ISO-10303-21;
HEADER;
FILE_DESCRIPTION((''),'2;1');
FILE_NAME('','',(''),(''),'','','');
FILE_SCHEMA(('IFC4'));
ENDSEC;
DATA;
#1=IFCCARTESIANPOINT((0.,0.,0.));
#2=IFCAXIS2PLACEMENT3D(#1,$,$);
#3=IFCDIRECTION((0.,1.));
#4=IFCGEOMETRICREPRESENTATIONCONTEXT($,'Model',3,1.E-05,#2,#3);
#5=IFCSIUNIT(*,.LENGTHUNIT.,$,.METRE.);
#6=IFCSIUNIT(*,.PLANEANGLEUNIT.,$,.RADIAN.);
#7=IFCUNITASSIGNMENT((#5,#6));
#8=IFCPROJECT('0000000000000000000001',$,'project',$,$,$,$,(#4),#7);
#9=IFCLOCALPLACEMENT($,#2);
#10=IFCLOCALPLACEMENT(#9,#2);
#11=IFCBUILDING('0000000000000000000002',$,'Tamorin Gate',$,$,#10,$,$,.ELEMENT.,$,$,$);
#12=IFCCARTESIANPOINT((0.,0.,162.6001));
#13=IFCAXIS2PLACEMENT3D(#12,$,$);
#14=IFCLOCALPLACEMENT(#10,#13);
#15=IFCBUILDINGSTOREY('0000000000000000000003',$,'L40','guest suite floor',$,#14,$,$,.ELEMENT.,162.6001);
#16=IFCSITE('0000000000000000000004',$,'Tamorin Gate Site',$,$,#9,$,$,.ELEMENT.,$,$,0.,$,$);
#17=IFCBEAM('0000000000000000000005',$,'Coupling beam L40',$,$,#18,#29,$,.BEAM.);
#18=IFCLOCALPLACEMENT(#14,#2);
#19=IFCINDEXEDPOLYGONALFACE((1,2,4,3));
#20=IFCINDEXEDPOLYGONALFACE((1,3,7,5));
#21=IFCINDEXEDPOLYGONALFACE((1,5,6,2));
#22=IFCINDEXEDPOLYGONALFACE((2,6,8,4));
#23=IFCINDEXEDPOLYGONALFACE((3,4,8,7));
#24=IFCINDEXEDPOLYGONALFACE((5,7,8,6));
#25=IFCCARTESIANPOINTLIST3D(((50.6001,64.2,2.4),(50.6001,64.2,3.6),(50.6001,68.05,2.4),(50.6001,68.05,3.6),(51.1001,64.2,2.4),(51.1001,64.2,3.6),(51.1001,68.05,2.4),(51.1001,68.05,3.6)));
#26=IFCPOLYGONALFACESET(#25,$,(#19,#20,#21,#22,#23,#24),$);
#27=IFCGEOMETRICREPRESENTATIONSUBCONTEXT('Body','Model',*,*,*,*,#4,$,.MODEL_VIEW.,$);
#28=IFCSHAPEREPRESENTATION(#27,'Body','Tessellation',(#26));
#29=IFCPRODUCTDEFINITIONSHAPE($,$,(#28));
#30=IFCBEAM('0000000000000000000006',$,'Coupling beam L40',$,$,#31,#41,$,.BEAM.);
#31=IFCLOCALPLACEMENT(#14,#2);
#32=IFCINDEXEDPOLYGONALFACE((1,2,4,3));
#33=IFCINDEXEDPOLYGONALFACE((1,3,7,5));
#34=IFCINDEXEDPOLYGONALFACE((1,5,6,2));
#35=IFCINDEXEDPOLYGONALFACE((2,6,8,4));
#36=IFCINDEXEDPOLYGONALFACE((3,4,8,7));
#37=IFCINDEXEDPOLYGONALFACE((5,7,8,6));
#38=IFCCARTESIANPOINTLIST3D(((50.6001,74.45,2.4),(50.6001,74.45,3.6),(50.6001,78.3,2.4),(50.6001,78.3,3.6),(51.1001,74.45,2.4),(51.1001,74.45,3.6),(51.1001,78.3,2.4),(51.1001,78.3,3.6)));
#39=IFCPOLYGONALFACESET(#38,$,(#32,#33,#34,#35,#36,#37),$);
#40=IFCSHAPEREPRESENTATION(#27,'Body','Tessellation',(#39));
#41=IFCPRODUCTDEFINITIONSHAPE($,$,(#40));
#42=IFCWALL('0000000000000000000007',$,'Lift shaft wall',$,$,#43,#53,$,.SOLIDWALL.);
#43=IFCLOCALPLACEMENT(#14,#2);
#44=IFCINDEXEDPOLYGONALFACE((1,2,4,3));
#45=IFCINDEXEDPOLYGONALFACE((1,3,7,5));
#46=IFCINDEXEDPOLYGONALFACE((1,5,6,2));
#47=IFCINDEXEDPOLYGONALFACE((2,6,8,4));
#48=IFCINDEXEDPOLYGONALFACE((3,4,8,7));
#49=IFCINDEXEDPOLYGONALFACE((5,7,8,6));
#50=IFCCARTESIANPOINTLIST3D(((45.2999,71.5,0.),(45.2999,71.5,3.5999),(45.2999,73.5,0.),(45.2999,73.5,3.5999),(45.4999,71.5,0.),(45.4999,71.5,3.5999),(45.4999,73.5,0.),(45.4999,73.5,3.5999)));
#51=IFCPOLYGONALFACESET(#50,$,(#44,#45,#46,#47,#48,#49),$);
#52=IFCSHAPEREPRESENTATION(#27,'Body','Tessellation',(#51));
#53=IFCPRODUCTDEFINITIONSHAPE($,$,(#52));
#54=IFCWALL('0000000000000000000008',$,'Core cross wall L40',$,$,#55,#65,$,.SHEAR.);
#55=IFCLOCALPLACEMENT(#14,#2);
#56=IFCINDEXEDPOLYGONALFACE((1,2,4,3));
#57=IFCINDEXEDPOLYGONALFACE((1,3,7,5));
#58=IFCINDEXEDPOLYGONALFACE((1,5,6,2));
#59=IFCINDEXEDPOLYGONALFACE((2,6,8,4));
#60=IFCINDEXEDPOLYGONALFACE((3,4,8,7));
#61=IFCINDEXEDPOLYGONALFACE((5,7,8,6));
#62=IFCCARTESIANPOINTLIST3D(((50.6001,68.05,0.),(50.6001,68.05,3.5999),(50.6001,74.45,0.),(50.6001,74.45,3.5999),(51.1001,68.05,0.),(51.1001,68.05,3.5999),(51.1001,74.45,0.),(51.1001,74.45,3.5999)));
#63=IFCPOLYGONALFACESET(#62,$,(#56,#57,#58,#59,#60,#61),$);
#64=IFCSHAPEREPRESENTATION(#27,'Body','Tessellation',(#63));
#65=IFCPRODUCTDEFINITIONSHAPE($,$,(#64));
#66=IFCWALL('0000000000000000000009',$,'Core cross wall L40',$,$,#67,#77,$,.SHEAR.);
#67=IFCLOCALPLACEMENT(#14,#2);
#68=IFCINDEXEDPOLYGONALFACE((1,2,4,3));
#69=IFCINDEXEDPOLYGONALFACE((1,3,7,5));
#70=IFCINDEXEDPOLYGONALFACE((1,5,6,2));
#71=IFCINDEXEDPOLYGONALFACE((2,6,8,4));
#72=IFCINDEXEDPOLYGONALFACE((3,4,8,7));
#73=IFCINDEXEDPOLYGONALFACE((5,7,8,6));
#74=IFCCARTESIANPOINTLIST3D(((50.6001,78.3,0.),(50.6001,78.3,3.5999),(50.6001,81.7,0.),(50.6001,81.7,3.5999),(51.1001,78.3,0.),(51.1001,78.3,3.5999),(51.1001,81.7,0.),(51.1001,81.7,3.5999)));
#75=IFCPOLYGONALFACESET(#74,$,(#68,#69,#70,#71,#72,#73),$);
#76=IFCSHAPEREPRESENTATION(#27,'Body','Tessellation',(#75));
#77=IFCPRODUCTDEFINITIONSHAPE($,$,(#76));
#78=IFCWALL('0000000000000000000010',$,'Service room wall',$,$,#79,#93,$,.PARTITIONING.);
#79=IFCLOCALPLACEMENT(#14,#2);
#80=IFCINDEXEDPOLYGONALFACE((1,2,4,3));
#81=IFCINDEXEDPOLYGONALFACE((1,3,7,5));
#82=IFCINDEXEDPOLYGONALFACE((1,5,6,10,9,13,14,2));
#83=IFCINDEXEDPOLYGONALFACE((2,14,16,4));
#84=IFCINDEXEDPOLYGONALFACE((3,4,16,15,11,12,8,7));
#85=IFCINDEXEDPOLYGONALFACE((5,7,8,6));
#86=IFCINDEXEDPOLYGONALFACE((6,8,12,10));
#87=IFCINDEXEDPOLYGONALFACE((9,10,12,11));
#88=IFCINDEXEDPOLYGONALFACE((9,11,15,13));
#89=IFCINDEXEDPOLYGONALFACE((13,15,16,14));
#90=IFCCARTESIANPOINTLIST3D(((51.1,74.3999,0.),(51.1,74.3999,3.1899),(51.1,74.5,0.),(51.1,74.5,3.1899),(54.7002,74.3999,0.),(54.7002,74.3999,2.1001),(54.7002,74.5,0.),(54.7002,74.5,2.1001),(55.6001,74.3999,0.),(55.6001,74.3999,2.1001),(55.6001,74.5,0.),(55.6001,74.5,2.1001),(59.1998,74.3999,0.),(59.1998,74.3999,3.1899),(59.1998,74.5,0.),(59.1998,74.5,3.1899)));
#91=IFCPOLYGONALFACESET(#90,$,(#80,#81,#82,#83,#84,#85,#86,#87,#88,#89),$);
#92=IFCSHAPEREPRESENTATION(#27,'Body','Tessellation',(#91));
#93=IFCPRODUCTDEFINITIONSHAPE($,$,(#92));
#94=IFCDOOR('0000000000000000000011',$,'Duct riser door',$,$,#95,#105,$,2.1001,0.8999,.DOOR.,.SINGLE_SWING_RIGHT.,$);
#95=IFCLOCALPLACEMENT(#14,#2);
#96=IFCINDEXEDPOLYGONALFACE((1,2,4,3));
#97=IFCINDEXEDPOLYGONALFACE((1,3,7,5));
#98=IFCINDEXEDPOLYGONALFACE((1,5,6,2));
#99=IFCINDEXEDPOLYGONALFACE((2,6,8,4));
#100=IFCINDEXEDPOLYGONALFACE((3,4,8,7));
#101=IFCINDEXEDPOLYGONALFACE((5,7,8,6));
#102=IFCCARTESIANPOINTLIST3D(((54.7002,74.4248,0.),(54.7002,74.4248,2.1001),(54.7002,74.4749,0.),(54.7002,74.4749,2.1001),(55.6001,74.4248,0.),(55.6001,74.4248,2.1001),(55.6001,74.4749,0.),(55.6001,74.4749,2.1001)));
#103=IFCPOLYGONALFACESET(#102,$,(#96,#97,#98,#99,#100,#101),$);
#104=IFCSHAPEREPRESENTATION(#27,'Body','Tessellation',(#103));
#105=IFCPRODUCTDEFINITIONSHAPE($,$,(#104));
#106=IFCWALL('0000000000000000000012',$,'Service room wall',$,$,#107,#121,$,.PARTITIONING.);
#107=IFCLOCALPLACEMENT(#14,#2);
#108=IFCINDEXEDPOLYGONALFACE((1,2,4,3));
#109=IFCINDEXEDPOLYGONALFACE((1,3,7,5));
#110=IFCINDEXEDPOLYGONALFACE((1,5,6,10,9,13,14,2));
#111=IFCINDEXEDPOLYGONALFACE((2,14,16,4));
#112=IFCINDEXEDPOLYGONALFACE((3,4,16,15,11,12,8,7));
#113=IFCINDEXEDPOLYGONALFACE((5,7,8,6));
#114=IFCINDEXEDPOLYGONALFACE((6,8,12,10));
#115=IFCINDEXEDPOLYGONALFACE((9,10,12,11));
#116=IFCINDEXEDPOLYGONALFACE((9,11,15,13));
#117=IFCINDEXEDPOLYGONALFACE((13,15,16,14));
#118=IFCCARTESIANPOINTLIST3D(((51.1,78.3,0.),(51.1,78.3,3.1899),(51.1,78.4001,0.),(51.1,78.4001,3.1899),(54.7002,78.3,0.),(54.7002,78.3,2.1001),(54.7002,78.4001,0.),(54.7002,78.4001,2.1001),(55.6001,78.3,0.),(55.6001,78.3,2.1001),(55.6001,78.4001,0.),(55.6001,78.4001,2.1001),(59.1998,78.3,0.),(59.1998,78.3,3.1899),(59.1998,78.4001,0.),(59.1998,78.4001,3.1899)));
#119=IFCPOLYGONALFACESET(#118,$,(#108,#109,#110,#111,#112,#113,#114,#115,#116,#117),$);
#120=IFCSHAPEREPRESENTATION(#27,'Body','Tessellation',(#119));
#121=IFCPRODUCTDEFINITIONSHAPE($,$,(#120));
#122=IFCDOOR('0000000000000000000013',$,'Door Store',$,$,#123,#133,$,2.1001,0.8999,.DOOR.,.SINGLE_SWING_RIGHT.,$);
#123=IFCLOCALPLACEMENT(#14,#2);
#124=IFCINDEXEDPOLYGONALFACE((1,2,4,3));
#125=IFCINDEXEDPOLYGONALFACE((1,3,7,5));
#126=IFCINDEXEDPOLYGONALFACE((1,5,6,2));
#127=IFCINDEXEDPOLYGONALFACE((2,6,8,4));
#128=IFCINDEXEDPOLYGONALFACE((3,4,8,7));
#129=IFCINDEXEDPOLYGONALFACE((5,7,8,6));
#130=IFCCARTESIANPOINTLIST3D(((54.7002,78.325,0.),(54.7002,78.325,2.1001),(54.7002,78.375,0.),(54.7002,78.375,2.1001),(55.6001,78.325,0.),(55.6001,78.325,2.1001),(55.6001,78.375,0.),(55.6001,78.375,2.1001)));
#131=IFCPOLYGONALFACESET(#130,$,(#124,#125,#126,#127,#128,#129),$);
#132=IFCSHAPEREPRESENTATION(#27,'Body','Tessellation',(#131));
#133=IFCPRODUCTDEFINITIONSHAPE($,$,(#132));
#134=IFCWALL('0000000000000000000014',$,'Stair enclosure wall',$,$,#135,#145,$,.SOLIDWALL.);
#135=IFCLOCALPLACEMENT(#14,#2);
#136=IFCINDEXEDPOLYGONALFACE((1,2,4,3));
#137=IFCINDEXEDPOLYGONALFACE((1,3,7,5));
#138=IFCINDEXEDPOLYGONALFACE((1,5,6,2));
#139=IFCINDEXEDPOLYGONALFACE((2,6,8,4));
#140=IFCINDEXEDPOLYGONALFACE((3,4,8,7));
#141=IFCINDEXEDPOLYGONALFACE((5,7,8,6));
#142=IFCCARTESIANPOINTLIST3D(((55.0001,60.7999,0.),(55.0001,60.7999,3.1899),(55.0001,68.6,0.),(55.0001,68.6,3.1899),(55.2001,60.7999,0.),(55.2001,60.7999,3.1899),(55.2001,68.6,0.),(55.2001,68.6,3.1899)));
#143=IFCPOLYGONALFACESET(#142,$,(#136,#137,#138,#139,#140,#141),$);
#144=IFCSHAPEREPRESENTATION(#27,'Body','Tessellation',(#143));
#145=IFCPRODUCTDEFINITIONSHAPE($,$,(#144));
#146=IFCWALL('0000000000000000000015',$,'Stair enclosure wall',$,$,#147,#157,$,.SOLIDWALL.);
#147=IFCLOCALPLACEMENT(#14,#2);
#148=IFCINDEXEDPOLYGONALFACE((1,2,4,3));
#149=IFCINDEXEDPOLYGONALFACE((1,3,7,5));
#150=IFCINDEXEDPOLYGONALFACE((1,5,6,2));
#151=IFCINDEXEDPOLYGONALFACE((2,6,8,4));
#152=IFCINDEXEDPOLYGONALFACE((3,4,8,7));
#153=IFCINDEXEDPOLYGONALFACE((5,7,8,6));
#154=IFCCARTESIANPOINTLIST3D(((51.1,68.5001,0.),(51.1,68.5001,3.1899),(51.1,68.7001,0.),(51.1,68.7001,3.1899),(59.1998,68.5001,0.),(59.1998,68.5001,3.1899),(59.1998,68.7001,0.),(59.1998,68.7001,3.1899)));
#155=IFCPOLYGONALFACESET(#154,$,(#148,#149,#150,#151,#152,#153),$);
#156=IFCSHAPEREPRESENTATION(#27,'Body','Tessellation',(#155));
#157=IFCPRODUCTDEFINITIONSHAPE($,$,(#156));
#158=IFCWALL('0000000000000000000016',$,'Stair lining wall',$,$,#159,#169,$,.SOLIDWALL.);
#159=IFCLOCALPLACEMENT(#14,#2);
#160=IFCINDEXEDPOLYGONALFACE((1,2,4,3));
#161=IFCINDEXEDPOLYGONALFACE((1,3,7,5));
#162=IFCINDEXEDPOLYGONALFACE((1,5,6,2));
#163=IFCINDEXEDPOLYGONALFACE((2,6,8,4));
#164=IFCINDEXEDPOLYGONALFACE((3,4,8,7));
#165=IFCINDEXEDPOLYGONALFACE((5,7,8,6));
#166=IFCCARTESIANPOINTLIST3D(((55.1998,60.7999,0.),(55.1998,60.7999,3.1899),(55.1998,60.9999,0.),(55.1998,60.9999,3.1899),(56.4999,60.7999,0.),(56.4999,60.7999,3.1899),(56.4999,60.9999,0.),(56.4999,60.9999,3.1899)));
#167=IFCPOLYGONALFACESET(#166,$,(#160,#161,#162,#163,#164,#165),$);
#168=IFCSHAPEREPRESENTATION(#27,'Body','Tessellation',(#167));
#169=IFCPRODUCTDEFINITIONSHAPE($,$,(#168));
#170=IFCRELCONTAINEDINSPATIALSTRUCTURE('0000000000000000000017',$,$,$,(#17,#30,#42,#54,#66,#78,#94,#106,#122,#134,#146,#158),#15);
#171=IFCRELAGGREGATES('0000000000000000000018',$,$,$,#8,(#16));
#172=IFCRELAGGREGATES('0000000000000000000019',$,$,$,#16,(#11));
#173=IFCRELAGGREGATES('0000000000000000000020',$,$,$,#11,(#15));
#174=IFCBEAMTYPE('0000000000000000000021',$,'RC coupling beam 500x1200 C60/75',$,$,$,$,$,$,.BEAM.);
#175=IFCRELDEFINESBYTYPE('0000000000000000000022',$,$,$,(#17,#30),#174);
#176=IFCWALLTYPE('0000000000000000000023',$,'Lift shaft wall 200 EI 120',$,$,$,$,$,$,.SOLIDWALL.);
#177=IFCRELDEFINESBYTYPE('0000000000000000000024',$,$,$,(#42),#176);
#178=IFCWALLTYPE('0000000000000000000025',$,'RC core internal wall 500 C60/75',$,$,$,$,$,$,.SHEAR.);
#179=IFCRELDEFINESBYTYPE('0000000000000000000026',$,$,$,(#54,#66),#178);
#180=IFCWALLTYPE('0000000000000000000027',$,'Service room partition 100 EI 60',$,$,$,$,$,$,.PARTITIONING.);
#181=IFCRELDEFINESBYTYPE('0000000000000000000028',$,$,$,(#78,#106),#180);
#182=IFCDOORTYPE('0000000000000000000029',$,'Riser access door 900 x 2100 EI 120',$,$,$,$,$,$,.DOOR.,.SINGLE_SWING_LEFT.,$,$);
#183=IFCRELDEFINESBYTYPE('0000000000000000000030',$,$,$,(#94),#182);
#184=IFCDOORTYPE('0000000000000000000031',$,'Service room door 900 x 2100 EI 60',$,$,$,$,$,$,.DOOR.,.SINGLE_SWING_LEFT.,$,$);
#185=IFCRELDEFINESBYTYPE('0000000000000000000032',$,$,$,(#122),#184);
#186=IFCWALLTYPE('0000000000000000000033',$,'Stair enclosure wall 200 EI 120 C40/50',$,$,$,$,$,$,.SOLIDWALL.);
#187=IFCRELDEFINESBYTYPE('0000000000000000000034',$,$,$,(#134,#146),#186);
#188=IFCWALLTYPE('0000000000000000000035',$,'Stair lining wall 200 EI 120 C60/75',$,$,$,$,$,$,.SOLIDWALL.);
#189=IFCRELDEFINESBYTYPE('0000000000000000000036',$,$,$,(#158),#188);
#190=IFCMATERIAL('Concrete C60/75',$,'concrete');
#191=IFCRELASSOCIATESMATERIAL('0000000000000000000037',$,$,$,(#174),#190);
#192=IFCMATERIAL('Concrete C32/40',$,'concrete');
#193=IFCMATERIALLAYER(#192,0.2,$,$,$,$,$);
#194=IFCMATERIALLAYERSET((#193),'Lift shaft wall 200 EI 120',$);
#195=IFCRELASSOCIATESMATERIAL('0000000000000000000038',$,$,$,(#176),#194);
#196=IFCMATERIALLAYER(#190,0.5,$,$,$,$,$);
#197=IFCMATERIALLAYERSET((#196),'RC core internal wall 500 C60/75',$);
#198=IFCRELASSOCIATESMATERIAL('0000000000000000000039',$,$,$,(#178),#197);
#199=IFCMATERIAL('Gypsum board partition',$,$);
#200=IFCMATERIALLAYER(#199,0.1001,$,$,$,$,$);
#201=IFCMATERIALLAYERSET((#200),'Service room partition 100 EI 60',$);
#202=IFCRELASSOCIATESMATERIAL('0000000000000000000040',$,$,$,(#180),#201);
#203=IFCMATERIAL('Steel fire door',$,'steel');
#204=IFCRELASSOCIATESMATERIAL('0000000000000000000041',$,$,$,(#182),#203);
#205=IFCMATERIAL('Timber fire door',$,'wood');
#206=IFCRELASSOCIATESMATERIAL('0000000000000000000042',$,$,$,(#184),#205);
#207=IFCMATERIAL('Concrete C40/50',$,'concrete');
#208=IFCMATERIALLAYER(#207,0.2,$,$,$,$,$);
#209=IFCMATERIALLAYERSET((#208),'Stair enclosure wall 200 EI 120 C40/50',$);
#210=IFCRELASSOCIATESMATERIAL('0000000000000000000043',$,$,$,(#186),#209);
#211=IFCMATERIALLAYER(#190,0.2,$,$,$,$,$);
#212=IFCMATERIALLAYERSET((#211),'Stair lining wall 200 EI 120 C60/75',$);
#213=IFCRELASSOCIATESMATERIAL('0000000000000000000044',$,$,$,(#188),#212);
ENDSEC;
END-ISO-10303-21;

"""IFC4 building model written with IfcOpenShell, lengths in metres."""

from ifc_helpers import new_model, si_unit, direction, frame, frame_2d, origin, origin_2d, place, context, subcontext, project, spatial, rectangle, extrude, material, layer, layer_set, material_profile, profile_set, type_object, element, fill, save


model = new_model("IFC4")

# Units and contexts
model_context = context("Model", 3, precision=1e-05, world=origin(), true_north=direction((0.0, 1.0)))
body_context = subcontext(model_context, "Body", "Model", "MODEL_VIEW")
ifc_project = project(units=[si_unit("LENGTHUNIT", "METRE"), si_unit("PLANEANGLEUNIT", "RADIAN")], contexts=[model_context])

# Site, building, storey
site_placement = place(None, origin())
site = spatial("IfcSite", under=ifc_project, at=site_placement, Name="Tamorin Gate Site", CompositionType="ELEMENT", RefElevation=0.0)
building_placement = place(site_placement, origin())
building = spatial("IfcBuilding", under=site, at=building_placement, Name="Tamorin Gate", CompositionType="ELEMENT")
storey_placement = place(building_placement, frame((0.0, 0.0, 162.6001)))
storey = spatial("IfcBuildingStorey", under=building, at=storey_placement, Name="L40", Description="guest suite floor", CompositionType="ELEMENT", Elevation=162.6001)

# Beams
ifc_material_1 = material(Name="Concrete C60/75", Category="concrete")
ifc_material_profile = material_profile(ifc_material_1, rectangle(XDim=0.5, YDim=1.2, at=origin_2d()), Name="RC 500x1200")
ifc_profile_set = profile_set([ifc_material_profile], Name="Concrete C60/75")
beam_type = type_object("IfcBeamType", Name="RC coupling beam 500x1200 C60/75", PredefinedType="BEAM", material=ifc_profile_set)
for number, where, z_axis, x_axis, name in (
    (1, (50.8501, 64.2, 3.0), (0.0, 1.0, 0.0), (-1.0, 0.0, 0.0), "Coupling beam L40"),
    (2, (50.8501, 74.45, 3.0), (0.0, 1.0, 0.0), (-1.0, 0.0, 0.0), "Coupling beam L40"),
):
    element("IfcBeam", number, at=place(storey_placement, frame(where, z_axis=z_axis, x_axis=x_axis)), inside=storey, type_object=beam_type, Name=name, PredefinedType="BEAM", context=body_context, shape_type="SweptSolid", body=[
        extrude(rectangle(XDim=0.5, YDim=1.2, at=origin_2d()), origin(), (0.0, 0.0, 1.0), 3.8501),
    ])

# Walls
ifc_material_2 = material(Name="Concrete C32/40", Category="concrete")
ifc_layer_1 = layer(ifc_material_2, 0.2)
ifc_layer_set_1 = layer_set([ifc_layer_1], Name="Lift shaft wall 200 EI 120")
wall_type_1 = type_object("IfcWallType", Name="Lift shaft wall 200 EI 120", PredefinedType="SOLIDWALL", material=ifc_layer_set_1)
wall_1_placement = place(storey_placement, frame((45.3999, 71.5, 0.0), z_axis=(0.0, 0.0, 1.0), x_axis=(0.0, 1.0, 0.0)))
element("IfcWall", 3, at=wall_1_placement, inside=storey, type_object=wall_type_1, Name="Lift shaft wall", PredefinedType="SOLIDWALL", context=body_context, shape_type="SweptSolid", body=[
    extrude(rectangle(XDim=2.0, YDim=0.2, at=frame_2d((1.0, 0.0))), origin(), (0.0, 0.0, 1.0), 3.5999),
])
ifc_layer_2 = layer(ifc_material_1, 0.5)
ifc_layer_set_2 = layer_set([ifc_layer_2], Name="RC core internal wall 500 C60/75")
wall_type_2 = type_object("IfcWallType", Name="RC core internal wall 500 C60/75", PredefinedType="SHEAR", material=ifc_layer_set_2)
wall_2_placement = place(storey_placement, frame((50.8501, 68.05, 0.0), z_axis=(0.0, 0.0, 1.0), x_axis=(0.0, 1.0, 0.0)))
element("IfcWall", 4, at=wall_2_placement, inside=storey, type_object=wall_type_2, Name="Core cross wall L40", PredefinedType="SHEAR", context=body_context, shape_type="SweptSolid", body=[
    extrude(rectangle(XDim=6.3999, YDim=0.5, at=frame_2d((3.2, 0.0))), origin(), (0.0, 0.0, 1.0), 3.5999),
])
wall_3_placement = place(storey_placement, frame((50.8501, 78.3, 0.0), z_axis=(0.0, 0.0, 1.0), x_axis=(0.0, 1.0, 0.0)))
element("IfcWall", 5, at=wall_3_placement, inside=storey, type_object=wall_type_2, Name="Core cross wall L40", PredefinedType="SHEAR", context=body_context, shape_type="SweptSolid", body=[
    extrude(rectangle(XDim=3.3999, YDim=0.5, at=frame_2d((1.7, 0.0))), origin(), (0.0, 0.0, 1.0), 3.5999),
])

# Walls, openings, doors
ifc_material_3 = material(Name="Gypsum board partition")
ifc_layer_3 = layer(ifc_material_3, 0.1001)
ifc_layer_set_3 = layer_set([ifc_layer_3], Name="Service room partition 100 EI 60")
wall_type_3 = type_object("IfcWallType", Name="Service room partition 100 EI 60", PredefinedType="PARTITIONING", material=ifc_layer_set_3)
wall_4_placement = place(storey_placement, frame((51.1001, 74.45, 0.0), z_axis=(0.0, 0.0, 1.0), x_axis=(1.0, 0.0, 0.0)))
wall_4 = element("IfcWall", 6, at=wall_4_placement, inside=storey, type_object=wall_type_3, Name="Service room wall", PredefinedType="PARTITIONING", context=body_context, shape_type="SweptSolid", body=[
    extrude(rectangle(XDim=8.0999, YDim=0.1001, at=frame_2d((4.0498, 0.0))), origin(), (0.0, 0.0, 1.0), 3.1899),
])
opening_1_placement = place(wall_4_placement, frame((3.6001, 0.0, 0.0)))
opening_1 = element("IfcOpeningElement", 7, at=opening_1_placement, cuts=wall_4, PredefinedType="OPENING", context=body_context, shape_type="SweptSolid", body=[
    extrude(rectangle(XDim=0.8999, YDim=2.1001, at=frame_2d((0.45, 1.05))), frame((0.0, 0.0601, 0.0), z_axis=(0.0, -1.0, 0.0), x_axis=(1.0, 0.0, 0.0)), (0.0, 0.0, 1.0), 0.1201),
])
ifc_material_4 = material(Name="Steel fire door", Category="steel")
door_type_1 = type_object("IfcDoorType", Name="Riser access door 900 x 2100 EI 120", OperationType="SINGLE_SWING_LEFT", PredefinedType="DOOR", material=ifc_material_4)
door_1_placement = place(opening_1_placement, origin())
door_1 = element("IfcDoor", 8, at=door_1_placement, inside=storey, type_object=door_type_1, Name="Duct riser door", OperationType="SINGLE_SWING_RIGHT", OverallHeight=2.1001, OverallWidth=0.8999, PredefinedType="DOOR", context=body_context, shape_type="SweptSolid", body=[
    extrude(rectangle(XDim=0.8999, YDim=2.1001, at=frame_2d((0.45, 1.05))), frame((0.0, 0.0249, 0.0), z_axis=(0.0, -1.0, 0.0), x_axis=(1.0, 0.0, 0.0)), (0.0, 0.0, 1.0), 0.05),
])
fill(opening_1, door_1)
wall_5_placement = place(storey_placement, frame((51.1001, 78.3501, 0.0), z_axis=(0.0, 0.0, 1.0), x_axis=(1.0, 0.0, 0.0)))
wall_5 = element("IfcWall", 9, at=wall_5_placement, inside=storey, type_object=wall_type_3, Name="Service room wall", PredefinedType="PARTITIONING", context=body_context, shape_type="SweptSolid", body=[
    extrude(rectangle(XDim=8.0999, YDim=0.1001, at=frame_2d((4.0498, 0.0))), origin(), (0.0, 0.0, 1.0), 3.1899),
])
opening_2_placement = place(wall_5_placement, frame((3.6001, 0.0, 0.0)))
opening_2 = element("IfcOpeningElement", 10, at=opening_2_placement, cuts=wall_5, PredefinedType="OPENING", context=body_context, shape_type="SweptSolid", body=[
    extrude(rectangle(XDim=0.8999, YDim=2.1001, at=frame_2d((0.45, 1.05))), frame((0.0, 0.0601, 0.0), z_axis=(0.0, -1.0, 0.0), x_axis=(1.0, 0.0, 0.0)), (0.0, 0.0, 1.0), 0.1201),
])
ifc_material_5 = material(Name="Timber fire door", Category="wood")
door_type_2 = type_object("IfcDoorType", Name="Service room door 900 x 2100 EI 60", OperationType="SINGLE_SWING_LEFT", PredefinedType="DOOR", material=ifc_material_5)
door_2_placement = place(opening_2_placement, origin())
door_2 = element("IfcDoor", 11, at=door_2_placement, inside=storey, type_object=door_type_2, Name="Door Store", OperationType="SINGLE_SWING_RIGHT", OverallHeight=2.1001, OverallWidth=0.8999, PredefinedType="DOOR", context=body_context, shape_type="SweptSolid", body=[
    extrude(rectangle(XDim=0.8999, YDim=2.1001, at=frame_2d((0.45, 1.05))), frame((0.0, 0.0249, 0.0), z_axis=(0.0, -1.0, 0.0), x_axis=(1.0, 0.0, 0.0)), (0.0, 0.0, 1.0), 0.05),
])
fill(opening_2, door_2)

# Walls
ifc_material_6 = material(Name="Concrete C40/50", Category="concrete")
ifc_layer_4 = layer(ifc_material_6, 0.2)
ifc_layer_set_4 = layer_set([ifc_layer_4], Name="Stair enclosure wall 200 EI 120 C40/50")
wall_type_4 = type_object("IfcWallType", Name="Stair enclosure wall 200 EI 120 C40/50", PredefinedType="SOLIDWALL", material=ifc_layer_set_4)
wall_6_placement = place(storey_placement, frame((55.1001, 60.8, 0.0), z_axis=(0.0, 0.0, 1.0), x_axis=(0.0, 1.0, 0.0)))
element("IfcWall", 12, at=wall_6_placement, inside=storey, type_object=wall_type_4, Name="Stair enclosure wall", PredefinedType="SOLIDWALL", context=body_context, shape_type="SweptSolid", body=[
    extrude(rectangle(XDim=7.8, YDim=0.2, at=frame_2d((3.8999, 0.0))), origin(), (0.0, 0.0, 1.0), 3.1899),
])
wall_7_placement = place(storey_placement, frame((51.1001, 68.6001, 0.0), z_axis=(0.0, 0.0, 1.0), x_axis=(1.0, 0.0, 0.0)))
element("IfcWall", 13, at=wall_7_placement, inside=storey, type_object=wall_type_4, Name="Stair enclosure wall", PredefinedType="SOLIDWALL", context=body_context, shape_type="SweptSolid", body=[
    extrude(rectangle(XDim=8.0999, YDim=0.2, at=frame_2d((4.0498, 0.0))), origin(), (0.0, 0.0, 1.0), 3.1899),
])
ifc_layer_5 = layer(ifc_material_1, 0.2)
ifc_layer_set_5 = layer_set([ifc_layer_5], Name="Stair lining wall 200 EI 120 C60/75")
wall_type_5 = type_object("IfcWallType", Name="Stair lining wall 200 EI 120 C60/75", PredefinedType="SOLIDWALL", material=ifc_layer_set_5)
wall_8_placement = place(storey_placement, frame((55.2, 60.8999, 0.0), z_axis=(0.0, 0.0, 1.0), x_axis=(1.0, 0.0, 0.0)))
element("IfcWall", 14, at=wall_8_placement, inside=storey, type_object=wall_type_5, Name="Stair lining wall", PredefinedType="SOLIDWALL", context=body_context, shape_type="SweptSolid", body=[
    extrude(rectangle(XDim=1.3, YDim=0.2, at=frame_2d((0.6499, 0.0))), origin(), (0.0, 0.0, 1.0), 3.1899),
])

save(model, "model.ifc")
